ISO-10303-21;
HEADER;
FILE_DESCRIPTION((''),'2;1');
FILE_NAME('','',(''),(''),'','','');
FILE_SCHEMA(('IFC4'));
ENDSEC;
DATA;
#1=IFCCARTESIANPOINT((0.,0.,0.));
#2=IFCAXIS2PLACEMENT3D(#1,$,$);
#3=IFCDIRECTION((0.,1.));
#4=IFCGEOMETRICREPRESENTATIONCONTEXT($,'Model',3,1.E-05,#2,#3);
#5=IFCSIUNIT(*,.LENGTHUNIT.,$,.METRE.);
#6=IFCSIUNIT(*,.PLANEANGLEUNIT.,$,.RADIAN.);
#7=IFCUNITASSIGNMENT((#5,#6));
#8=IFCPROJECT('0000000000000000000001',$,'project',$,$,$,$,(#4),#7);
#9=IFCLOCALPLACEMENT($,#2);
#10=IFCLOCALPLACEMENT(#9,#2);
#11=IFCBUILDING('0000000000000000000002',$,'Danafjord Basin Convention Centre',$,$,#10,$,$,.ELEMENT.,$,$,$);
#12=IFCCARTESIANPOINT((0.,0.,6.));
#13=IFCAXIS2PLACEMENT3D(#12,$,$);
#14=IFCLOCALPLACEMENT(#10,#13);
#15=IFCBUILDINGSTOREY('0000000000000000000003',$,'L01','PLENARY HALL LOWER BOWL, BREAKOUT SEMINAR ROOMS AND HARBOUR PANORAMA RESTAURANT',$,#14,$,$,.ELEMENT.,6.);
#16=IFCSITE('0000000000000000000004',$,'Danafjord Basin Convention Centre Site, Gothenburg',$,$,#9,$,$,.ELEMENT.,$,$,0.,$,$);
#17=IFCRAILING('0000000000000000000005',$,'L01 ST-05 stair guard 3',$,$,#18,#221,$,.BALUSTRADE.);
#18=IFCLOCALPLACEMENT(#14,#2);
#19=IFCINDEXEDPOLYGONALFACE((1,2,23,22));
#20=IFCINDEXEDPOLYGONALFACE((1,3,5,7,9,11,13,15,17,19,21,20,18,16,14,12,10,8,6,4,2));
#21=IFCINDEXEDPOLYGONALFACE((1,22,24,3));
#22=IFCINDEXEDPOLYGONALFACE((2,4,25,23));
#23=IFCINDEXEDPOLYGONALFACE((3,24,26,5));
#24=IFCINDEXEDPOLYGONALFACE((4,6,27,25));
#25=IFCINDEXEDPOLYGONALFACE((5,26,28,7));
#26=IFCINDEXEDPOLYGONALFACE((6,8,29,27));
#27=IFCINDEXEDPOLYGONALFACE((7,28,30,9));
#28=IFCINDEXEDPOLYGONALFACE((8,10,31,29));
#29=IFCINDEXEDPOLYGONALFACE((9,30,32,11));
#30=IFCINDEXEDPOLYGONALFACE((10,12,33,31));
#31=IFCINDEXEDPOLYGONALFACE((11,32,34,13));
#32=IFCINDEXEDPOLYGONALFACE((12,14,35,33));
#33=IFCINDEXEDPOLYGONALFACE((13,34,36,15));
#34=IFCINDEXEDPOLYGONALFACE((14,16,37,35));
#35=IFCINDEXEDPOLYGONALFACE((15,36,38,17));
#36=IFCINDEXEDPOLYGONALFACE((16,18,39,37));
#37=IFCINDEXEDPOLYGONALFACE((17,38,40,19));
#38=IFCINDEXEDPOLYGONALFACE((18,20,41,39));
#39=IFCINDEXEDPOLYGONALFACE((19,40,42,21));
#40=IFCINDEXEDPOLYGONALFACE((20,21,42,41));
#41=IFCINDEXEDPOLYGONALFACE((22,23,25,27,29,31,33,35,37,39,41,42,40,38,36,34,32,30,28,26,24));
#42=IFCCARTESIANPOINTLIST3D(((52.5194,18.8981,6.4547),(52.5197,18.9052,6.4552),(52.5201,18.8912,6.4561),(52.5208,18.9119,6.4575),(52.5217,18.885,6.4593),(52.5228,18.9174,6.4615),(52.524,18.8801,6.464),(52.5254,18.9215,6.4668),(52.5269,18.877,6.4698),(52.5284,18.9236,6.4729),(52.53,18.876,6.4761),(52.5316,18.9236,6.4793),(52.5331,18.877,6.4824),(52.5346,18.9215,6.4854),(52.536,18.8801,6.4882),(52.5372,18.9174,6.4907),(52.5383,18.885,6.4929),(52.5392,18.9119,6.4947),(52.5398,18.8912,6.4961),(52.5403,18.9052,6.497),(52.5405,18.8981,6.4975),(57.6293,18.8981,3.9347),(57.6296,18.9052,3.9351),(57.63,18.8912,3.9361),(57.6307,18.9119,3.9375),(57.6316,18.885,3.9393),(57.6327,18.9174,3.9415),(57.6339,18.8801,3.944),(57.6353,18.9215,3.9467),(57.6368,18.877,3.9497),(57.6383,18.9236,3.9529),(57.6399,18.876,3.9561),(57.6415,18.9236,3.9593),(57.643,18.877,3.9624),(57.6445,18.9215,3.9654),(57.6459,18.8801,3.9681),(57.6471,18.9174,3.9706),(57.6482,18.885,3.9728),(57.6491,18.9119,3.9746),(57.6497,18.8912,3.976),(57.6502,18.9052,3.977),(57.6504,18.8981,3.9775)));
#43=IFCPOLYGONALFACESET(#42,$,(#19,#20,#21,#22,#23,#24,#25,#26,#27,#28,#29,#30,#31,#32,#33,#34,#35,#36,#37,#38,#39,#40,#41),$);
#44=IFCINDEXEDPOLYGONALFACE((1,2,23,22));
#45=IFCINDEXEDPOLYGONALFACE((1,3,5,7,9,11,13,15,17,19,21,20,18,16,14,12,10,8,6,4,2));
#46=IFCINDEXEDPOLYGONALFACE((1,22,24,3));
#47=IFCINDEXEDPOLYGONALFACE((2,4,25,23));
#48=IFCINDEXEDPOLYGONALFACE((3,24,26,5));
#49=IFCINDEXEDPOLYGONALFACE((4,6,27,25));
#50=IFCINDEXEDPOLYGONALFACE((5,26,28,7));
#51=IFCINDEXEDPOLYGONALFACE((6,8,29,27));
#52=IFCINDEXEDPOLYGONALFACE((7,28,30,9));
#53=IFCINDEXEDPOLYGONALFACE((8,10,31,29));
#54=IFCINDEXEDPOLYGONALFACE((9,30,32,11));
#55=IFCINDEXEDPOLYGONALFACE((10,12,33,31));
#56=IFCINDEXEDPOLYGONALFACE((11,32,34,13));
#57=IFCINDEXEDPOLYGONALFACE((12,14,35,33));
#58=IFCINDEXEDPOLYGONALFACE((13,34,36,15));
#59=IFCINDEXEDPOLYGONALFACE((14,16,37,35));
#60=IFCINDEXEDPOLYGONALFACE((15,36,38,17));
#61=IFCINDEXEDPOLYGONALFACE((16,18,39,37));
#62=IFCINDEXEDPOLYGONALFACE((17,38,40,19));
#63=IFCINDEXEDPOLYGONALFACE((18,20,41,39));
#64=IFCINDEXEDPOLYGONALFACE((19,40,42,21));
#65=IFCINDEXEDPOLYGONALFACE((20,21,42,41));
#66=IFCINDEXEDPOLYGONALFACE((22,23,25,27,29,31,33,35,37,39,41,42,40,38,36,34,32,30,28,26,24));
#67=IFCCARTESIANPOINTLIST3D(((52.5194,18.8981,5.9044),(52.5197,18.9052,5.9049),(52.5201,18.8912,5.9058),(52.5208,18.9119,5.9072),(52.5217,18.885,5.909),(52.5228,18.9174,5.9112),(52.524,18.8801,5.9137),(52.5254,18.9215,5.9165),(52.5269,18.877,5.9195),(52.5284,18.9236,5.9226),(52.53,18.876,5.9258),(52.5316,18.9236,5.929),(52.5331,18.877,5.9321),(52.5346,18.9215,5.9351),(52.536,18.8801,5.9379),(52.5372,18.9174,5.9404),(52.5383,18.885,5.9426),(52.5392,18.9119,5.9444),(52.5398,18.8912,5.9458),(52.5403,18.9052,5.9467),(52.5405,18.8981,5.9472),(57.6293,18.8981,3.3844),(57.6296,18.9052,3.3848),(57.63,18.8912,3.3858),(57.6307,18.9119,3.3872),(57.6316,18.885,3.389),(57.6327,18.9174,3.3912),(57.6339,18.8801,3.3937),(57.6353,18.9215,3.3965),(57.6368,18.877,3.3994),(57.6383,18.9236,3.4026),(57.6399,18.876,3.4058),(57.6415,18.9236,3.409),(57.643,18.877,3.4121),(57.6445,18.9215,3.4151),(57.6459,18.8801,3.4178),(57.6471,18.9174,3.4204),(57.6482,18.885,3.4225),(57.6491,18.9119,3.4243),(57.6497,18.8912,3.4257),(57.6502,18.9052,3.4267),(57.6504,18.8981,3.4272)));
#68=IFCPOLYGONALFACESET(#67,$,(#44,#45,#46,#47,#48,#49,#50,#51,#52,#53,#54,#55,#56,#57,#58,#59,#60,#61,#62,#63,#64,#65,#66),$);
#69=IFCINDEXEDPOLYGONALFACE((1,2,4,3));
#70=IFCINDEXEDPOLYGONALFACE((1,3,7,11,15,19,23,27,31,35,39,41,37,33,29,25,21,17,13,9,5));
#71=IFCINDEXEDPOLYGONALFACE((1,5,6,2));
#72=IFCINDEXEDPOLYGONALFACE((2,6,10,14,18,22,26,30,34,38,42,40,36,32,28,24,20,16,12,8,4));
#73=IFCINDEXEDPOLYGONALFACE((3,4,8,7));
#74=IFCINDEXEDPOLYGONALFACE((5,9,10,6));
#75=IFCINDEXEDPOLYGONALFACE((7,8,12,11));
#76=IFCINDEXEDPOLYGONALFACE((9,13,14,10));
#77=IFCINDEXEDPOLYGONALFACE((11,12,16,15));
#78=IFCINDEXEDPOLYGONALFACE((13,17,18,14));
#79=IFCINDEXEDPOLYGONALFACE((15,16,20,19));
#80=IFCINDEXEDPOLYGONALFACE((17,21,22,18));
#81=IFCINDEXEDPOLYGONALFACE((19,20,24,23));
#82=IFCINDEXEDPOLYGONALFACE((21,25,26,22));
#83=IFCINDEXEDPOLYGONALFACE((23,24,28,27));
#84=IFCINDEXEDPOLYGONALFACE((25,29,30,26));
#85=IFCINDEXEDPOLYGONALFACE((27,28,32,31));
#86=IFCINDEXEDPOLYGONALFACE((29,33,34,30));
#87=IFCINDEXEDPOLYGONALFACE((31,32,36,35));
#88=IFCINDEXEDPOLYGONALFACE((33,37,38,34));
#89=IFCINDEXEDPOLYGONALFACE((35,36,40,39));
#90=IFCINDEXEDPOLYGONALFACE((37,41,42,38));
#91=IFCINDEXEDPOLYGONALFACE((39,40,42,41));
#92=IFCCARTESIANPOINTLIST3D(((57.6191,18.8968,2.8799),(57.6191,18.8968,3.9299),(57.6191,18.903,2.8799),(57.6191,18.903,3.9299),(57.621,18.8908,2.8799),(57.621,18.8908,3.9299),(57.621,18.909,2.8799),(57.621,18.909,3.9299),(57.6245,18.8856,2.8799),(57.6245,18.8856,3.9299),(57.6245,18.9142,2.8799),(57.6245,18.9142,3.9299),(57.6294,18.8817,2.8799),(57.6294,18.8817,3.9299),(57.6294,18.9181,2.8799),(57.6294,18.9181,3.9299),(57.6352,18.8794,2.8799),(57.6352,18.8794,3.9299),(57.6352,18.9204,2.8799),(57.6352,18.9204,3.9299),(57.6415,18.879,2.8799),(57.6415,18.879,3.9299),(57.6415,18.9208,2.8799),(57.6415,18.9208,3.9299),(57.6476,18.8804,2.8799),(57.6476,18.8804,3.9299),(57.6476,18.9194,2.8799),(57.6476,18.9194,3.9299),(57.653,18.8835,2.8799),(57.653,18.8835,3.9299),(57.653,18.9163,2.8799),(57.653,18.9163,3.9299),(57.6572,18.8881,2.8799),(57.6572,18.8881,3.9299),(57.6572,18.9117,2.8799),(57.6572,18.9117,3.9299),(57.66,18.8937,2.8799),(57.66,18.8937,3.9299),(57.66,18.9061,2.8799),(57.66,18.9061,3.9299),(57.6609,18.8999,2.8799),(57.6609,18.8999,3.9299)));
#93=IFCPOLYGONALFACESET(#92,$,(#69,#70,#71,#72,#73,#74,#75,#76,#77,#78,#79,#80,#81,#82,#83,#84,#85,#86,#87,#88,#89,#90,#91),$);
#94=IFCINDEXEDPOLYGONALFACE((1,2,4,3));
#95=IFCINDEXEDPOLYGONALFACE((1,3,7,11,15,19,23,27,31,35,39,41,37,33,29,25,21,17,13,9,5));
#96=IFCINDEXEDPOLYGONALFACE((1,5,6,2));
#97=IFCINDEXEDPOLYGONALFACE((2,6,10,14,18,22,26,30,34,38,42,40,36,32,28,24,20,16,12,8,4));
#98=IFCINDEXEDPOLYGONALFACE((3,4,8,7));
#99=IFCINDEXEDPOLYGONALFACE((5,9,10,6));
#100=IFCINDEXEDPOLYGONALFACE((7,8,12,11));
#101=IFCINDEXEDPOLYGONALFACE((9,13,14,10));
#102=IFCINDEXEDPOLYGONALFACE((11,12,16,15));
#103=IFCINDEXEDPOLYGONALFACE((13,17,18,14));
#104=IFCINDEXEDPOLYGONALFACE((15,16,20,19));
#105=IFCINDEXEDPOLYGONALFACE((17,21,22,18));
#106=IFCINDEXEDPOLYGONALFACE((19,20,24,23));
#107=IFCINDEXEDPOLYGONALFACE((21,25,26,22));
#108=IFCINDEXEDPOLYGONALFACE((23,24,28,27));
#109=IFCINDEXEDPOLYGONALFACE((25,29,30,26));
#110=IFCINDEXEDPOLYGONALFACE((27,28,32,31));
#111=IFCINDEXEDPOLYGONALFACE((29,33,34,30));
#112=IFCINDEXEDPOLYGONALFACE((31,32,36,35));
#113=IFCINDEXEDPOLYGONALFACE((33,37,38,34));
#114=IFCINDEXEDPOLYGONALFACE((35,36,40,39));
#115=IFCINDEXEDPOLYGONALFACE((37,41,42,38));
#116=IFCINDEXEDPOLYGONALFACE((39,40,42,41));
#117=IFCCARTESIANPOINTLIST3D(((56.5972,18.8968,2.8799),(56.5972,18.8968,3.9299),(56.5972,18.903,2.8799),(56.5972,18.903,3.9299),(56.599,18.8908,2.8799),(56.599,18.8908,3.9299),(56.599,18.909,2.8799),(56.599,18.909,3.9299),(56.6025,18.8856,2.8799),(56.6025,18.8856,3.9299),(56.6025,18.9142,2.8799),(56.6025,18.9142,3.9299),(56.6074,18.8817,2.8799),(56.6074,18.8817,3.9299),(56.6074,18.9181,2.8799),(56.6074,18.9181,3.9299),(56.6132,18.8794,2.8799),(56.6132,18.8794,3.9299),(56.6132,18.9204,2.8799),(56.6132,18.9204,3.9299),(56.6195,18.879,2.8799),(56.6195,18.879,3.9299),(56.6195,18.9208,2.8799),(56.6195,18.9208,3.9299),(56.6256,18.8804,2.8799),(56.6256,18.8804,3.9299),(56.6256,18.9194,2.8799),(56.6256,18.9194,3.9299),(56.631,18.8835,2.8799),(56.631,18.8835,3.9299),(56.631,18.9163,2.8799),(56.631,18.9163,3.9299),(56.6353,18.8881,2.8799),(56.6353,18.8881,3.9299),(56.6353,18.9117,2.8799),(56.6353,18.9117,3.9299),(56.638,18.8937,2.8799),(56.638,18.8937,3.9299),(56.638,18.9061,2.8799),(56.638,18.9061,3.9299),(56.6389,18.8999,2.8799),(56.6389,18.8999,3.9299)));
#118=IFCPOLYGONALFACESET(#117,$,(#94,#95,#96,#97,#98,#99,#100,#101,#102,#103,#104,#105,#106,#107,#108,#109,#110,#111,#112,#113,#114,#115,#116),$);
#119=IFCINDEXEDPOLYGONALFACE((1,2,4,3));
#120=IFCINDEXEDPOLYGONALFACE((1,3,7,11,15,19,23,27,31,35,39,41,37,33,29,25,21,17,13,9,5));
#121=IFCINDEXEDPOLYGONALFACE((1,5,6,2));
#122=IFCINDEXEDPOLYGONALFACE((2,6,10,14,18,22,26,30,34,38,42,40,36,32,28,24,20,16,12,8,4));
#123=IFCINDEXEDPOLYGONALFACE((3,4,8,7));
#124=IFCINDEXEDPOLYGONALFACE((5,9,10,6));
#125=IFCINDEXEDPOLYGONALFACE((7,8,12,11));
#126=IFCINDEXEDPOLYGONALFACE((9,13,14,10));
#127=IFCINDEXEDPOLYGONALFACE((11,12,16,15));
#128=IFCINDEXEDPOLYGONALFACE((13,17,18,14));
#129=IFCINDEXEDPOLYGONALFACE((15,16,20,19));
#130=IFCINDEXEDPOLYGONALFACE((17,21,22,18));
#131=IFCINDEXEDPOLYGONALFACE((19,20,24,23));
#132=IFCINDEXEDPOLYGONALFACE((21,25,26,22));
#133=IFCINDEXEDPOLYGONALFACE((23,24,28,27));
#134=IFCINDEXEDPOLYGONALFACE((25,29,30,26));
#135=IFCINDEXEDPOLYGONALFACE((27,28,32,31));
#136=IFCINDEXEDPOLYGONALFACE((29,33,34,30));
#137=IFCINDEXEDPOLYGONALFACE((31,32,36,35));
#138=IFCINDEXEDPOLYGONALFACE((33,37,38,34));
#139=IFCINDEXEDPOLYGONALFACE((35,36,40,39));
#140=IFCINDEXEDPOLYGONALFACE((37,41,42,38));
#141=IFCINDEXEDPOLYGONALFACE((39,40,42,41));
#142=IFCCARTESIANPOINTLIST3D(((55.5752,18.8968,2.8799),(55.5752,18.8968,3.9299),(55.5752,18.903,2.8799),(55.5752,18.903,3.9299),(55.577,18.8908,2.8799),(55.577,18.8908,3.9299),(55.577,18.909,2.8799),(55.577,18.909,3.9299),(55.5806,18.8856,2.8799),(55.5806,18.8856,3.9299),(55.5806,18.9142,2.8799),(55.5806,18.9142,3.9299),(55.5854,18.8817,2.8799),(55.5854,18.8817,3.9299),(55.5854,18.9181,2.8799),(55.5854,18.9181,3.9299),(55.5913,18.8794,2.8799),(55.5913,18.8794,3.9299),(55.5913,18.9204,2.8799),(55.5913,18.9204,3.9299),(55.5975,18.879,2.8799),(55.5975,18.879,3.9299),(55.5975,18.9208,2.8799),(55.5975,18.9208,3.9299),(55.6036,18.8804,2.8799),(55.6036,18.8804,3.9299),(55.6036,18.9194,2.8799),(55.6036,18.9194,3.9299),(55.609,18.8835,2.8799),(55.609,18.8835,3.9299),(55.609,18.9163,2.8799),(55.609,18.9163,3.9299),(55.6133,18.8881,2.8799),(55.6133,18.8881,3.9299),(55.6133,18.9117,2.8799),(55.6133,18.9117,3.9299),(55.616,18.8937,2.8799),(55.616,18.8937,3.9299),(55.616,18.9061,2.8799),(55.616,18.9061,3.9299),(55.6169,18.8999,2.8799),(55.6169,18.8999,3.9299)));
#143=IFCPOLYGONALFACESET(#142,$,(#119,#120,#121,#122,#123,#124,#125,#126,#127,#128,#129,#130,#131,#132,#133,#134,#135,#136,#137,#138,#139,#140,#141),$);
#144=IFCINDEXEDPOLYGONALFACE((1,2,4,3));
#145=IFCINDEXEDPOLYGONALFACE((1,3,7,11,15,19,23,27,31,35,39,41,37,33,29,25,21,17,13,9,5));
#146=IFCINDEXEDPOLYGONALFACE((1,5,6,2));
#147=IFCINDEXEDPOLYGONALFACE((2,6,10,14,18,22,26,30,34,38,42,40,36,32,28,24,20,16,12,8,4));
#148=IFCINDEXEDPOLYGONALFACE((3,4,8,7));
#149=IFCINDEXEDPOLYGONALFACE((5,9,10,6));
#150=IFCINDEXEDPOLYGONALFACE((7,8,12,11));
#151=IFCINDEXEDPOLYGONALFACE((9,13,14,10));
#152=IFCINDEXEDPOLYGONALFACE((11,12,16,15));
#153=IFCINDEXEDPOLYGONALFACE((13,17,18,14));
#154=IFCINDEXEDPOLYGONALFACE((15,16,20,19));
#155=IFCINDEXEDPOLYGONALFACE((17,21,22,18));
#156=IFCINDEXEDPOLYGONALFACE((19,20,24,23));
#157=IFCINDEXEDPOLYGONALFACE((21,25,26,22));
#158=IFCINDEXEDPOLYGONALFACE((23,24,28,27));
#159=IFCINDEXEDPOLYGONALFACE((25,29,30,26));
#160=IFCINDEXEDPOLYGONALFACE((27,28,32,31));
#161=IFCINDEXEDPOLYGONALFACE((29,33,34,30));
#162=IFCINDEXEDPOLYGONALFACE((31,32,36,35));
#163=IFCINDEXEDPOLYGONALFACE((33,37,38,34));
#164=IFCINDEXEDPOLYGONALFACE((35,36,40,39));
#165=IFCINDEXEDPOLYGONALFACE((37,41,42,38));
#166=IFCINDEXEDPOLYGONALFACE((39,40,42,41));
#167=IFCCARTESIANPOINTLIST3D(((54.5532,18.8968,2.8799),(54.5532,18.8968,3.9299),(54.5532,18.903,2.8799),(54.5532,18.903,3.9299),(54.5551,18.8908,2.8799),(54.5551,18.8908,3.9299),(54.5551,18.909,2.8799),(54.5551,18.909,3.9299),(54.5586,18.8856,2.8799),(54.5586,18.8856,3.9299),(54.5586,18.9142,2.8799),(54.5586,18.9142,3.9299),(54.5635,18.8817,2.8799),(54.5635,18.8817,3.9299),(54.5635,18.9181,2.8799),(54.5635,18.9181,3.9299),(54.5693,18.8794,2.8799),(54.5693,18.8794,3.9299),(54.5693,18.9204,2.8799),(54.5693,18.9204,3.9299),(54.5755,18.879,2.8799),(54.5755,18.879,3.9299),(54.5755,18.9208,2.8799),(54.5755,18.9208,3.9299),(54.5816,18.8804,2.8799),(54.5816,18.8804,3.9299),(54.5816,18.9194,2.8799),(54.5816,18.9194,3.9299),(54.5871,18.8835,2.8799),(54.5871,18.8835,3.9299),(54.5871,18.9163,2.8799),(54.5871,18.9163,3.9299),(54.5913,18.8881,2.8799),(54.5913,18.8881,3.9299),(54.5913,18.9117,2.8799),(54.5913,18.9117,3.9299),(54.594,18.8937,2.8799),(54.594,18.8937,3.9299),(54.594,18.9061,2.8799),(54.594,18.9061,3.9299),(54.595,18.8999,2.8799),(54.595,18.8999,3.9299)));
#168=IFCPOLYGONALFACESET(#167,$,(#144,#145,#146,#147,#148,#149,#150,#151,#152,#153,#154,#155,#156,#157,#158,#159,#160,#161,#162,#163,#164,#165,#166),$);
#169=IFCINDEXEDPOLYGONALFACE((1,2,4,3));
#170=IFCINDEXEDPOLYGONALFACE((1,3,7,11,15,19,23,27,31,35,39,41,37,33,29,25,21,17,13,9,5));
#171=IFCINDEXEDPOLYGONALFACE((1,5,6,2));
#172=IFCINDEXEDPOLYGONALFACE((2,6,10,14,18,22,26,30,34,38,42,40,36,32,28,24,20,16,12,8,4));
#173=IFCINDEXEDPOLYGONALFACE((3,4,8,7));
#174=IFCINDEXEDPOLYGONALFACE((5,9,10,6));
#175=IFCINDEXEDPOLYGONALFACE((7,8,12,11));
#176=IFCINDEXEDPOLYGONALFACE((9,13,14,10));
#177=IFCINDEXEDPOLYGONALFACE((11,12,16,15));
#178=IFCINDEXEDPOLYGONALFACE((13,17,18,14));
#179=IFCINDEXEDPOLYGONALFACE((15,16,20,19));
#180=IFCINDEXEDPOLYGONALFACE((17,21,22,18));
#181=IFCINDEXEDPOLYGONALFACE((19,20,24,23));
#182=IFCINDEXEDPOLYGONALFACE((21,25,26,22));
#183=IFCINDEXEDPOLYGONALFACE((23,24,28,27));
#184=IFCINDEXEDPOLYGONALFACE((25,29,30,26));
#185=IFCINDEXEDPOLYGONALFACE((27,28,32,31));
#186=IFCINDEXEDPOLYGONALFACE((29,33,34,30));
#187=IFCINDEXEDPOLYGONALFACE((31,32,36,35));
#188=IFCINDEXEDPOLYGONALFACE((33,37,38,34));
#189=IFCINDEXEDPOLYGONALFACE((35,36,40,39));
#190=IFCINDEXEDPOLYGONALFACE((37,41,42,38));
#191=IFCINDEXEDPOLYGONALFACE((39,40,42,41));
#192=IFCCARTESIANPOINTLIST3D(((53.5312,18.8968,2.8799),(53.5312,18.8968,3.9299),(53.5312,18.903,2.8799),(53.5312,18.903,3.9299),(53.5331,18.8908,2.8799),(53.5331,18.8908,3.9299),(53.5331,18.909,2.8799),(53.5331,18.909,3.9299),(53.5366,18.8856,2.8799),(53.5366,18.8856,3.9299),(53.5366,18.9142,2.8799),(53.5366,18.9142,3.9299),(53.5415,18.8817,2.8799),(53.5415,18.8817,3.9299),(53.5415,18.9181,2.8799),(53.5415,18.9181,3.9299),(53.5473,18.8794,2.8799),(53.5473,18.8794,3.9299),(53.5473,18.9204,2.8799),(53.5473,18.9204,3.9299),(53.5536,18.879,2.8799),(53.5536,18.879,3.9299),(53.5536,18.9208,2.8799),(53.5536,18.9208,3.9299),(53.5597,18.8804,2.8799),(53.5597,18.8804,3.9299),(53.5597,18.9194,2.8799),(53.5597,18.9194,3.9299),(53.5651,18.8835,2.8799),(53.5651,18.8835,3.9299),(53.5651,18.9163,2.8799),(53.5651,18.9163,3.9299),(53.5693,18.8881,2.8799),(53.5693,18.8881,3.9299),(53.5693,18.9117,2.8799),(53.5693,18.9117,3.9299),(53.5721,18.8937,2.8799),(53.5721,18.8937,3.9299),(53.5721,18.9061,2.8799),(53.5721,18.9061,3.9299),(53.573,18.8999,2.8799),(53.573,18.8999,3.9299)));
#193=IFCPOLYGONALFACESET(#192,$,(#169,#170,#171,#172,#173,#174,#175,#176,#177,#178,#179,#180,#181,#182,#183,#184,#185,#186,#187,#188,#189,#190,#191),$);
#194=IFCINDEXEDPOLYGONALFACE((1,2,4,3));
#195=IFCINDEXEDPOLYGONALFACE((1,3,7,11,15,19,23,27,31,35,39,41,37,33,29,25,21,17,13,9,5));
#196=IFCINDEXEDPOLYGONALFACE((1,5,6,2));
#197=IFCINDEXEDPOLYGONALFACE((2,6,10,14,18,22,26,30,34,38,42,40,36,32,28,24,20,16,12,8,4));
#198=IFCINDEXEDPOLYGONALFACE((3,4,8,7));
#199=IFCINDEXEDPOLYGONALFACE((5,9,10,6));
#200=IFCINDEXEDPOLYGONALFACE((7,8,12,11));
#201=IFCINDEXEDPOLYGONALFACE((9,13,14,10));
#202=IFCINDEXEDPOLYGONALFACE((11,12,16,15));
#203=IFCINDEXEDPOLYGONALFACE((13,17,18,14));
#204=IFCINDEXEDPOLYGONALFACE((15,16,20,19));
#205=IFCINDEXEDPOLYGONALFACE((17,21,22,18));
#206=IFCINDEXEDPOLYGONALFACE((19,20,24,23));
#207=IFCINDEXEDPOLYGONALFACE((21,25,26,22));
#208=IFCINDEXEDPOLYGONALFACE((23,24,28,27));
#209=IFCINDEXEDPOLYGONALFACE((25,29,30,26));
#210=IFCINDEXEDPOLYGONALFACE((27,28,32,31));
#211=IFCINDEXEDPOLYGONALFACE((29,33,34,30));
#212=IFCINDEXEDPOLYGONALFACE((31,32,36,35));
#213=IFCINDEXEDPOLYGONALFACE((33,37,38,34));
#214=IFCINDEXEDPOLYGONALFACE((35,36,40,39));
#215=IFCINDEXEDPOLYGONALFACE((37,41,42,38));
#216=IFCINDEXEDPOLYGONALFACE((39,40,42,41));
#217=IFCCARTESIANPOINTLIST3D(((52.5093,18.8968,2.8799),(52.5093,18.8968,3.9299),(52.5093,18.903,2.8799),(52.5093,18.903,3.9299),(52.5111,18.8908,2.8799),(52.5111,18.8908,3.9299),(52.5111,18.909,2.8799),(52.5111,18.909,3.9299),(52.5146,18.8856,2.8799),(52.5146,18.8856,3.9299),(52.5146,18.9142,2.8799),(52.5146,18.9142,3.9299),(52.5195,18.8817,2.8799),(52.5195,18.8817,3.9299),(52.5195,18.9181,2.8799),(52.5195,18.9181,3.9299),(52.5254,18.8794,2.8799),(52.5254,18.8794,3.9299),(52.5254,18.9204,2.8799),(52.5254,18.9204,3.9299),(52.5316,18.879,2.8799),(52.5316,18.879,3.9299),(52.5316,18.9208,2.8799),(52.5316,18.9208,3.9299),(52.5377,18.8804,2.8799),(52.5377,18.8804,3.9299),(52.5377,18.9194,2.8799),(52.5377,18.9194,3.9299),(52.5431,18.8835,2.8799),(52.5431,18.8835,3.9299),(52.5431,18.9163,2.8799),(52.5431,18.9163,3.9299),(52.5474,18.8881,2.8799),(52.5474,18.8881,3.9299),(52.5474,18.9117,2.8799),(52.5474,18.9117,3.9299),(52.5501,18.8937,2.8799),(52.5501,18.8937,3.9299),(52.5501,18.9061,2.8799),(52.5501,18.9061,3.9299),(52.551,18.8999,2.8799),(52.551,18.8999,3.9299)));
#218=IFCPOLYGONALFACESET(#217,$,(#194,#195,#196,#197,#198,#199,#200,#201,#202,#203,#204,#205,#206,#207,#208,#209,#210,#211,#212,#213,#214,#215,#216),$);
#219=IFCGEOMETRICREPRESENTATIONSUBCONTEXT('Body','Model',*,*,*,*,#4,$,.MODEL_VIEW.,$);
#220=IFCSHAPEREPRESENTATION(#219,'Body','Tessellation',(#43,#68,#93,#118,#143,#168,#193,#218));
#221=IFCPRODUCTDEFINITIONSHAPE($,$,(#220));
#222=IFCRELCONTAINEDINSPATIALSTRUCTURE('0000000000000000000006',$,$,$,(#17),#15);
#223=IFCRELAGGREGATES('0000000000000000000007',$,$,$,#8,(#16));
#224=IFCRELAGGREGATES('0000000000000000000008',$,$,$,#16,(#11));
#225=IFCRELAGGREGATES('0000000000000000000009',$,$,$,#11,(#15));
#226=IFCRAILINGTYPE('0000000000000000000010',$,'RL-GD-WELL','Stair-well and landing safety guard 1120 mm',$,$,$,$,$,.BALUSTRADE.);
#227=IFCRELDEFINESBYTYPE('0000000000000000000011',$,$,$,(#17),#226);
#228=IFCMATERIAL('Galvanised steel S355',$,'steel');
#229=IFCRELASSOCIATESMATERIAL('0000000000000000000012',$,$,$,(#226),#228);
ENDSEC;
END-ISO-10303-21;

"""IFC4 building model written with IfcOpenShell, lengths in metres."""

from ifc_helpers import new_model, si_unit, direction, frame, origin, origin_2d, place, context, subcontext, project, spatial, circle, extrude, material, type_object, element, save


model = new_model("IFC4")

# Units and contexts
model_context = context("Model", 3, precision=1e-05, world=origin(), true_north=direction((0.0, 1.0)))
body_context = subcontext(model_context, "Body", "Model", "MODEL_VIEW")
ifc_project = project(units=[si_unit("LENGTHUNIT", "METRE"), si_unit("PLANEANGLEUNIT", "RADIAN")], contexts=[model_context])

# Site, building, storey
site_placement = place(None, origin())
site = spatial("IfcSite", under=ifc_project, at=site_placement, Name="Danafjord Basin Convention Centre Site, Gothenburg", CompositionType="ELEMENT", RefElevation=0.0)
building_placement = place(site_placement, origin())
building = spatial("IfcBuilding", under=site, at=building_placement, Name="Danafjord Basin Convention Centre", CompositionType="ELEMENT")
storey_placement = place(building_placement, frame((0.0, 0.0, 6.0)))
storey = spatial("IfcBuildingStorey", under=building, at=storey_placement, Name="L01", Description="PLENARY HALL LOWER BOWL, BREAKOUT SEMINAR ROOMS AND HARBOUR PANORAMA RESTAURANT", CompositionType="ELEMENT", Elevation=6.0)

# Railing
ifc_material_1 = material(Name="Galvanised steel S355", Category="steel")
railing_type_1 = type_object("IfcRailingType", Name="RL-GD-WELL", Description="Stair-well and landing safety guard 1120 mm", PredefinedType="BALUSTRADE", material=ifc_material_1)
railing_1_placement = place(storey_placement, frame((57.6399, 18.8999, 2.8799)))
element("IfcRailing", 1, at=railing_1_placement, inside=storey, type_object=railing_type_1, Name="L01 ST-05 stair guard 3", PredefinedType="BALUSTRADE", context=body_context, shape_type="SweptSolid", body=[
    extrude(circle(Radius=0.0239, at=origin_2d()), frame((0.0, 0.0, 1.0762), z_axis=(-0.896865, 0.0, 0.442305), x_axis=(0.0, -1.0, 0.0)), (0.0, 0.0, 1.0), 5.6975),
    extrude(circle(Radius=0.0239, at=origin_2d()), frame((0.0, 0.0, 0.5259), z_axis=(-0.896865, 0.0, 0.442305), x_axis=(0.0, -1.0, 0.0)), (0.0, 0.0, 1.0), 5.6975),
    extrude(circle(Radius=0.021, at=origin_2d()), origin(), (0.0, 0.0, 1.0), 1.05),
    extrude(circle(Radius=0.021, at=origin_2d()), frame((-1.022, 0.0, 0.0)), (0.0, 0.0, 1.0), 1.05),
    extrude(circle(Radius=0.021, at=origin_2d()), frame((-2.0439, 0.0, 0.0)), (0.0, 0.0, 1.0), 1.05),
    extrude(circle(Radius=0.021, at=origin_2d()), frame((-3.0659, 0.0, 0.0)), (0.0, 0.0, 1.0), 1.05),
    extrude(circle(Radius=0.021, at=origin_2d()), frame((-4.0879, 0.0, 0.0)), (0.0, 0.0, 1.0), 1.05),
    extrude(circle(Radius=0.021, at=origin_2d()), frame((-5.1099, 0.0, 0.0)), (0.0, 0.0, 1.0), 1.05),
])

save(model, "model.ifc")
